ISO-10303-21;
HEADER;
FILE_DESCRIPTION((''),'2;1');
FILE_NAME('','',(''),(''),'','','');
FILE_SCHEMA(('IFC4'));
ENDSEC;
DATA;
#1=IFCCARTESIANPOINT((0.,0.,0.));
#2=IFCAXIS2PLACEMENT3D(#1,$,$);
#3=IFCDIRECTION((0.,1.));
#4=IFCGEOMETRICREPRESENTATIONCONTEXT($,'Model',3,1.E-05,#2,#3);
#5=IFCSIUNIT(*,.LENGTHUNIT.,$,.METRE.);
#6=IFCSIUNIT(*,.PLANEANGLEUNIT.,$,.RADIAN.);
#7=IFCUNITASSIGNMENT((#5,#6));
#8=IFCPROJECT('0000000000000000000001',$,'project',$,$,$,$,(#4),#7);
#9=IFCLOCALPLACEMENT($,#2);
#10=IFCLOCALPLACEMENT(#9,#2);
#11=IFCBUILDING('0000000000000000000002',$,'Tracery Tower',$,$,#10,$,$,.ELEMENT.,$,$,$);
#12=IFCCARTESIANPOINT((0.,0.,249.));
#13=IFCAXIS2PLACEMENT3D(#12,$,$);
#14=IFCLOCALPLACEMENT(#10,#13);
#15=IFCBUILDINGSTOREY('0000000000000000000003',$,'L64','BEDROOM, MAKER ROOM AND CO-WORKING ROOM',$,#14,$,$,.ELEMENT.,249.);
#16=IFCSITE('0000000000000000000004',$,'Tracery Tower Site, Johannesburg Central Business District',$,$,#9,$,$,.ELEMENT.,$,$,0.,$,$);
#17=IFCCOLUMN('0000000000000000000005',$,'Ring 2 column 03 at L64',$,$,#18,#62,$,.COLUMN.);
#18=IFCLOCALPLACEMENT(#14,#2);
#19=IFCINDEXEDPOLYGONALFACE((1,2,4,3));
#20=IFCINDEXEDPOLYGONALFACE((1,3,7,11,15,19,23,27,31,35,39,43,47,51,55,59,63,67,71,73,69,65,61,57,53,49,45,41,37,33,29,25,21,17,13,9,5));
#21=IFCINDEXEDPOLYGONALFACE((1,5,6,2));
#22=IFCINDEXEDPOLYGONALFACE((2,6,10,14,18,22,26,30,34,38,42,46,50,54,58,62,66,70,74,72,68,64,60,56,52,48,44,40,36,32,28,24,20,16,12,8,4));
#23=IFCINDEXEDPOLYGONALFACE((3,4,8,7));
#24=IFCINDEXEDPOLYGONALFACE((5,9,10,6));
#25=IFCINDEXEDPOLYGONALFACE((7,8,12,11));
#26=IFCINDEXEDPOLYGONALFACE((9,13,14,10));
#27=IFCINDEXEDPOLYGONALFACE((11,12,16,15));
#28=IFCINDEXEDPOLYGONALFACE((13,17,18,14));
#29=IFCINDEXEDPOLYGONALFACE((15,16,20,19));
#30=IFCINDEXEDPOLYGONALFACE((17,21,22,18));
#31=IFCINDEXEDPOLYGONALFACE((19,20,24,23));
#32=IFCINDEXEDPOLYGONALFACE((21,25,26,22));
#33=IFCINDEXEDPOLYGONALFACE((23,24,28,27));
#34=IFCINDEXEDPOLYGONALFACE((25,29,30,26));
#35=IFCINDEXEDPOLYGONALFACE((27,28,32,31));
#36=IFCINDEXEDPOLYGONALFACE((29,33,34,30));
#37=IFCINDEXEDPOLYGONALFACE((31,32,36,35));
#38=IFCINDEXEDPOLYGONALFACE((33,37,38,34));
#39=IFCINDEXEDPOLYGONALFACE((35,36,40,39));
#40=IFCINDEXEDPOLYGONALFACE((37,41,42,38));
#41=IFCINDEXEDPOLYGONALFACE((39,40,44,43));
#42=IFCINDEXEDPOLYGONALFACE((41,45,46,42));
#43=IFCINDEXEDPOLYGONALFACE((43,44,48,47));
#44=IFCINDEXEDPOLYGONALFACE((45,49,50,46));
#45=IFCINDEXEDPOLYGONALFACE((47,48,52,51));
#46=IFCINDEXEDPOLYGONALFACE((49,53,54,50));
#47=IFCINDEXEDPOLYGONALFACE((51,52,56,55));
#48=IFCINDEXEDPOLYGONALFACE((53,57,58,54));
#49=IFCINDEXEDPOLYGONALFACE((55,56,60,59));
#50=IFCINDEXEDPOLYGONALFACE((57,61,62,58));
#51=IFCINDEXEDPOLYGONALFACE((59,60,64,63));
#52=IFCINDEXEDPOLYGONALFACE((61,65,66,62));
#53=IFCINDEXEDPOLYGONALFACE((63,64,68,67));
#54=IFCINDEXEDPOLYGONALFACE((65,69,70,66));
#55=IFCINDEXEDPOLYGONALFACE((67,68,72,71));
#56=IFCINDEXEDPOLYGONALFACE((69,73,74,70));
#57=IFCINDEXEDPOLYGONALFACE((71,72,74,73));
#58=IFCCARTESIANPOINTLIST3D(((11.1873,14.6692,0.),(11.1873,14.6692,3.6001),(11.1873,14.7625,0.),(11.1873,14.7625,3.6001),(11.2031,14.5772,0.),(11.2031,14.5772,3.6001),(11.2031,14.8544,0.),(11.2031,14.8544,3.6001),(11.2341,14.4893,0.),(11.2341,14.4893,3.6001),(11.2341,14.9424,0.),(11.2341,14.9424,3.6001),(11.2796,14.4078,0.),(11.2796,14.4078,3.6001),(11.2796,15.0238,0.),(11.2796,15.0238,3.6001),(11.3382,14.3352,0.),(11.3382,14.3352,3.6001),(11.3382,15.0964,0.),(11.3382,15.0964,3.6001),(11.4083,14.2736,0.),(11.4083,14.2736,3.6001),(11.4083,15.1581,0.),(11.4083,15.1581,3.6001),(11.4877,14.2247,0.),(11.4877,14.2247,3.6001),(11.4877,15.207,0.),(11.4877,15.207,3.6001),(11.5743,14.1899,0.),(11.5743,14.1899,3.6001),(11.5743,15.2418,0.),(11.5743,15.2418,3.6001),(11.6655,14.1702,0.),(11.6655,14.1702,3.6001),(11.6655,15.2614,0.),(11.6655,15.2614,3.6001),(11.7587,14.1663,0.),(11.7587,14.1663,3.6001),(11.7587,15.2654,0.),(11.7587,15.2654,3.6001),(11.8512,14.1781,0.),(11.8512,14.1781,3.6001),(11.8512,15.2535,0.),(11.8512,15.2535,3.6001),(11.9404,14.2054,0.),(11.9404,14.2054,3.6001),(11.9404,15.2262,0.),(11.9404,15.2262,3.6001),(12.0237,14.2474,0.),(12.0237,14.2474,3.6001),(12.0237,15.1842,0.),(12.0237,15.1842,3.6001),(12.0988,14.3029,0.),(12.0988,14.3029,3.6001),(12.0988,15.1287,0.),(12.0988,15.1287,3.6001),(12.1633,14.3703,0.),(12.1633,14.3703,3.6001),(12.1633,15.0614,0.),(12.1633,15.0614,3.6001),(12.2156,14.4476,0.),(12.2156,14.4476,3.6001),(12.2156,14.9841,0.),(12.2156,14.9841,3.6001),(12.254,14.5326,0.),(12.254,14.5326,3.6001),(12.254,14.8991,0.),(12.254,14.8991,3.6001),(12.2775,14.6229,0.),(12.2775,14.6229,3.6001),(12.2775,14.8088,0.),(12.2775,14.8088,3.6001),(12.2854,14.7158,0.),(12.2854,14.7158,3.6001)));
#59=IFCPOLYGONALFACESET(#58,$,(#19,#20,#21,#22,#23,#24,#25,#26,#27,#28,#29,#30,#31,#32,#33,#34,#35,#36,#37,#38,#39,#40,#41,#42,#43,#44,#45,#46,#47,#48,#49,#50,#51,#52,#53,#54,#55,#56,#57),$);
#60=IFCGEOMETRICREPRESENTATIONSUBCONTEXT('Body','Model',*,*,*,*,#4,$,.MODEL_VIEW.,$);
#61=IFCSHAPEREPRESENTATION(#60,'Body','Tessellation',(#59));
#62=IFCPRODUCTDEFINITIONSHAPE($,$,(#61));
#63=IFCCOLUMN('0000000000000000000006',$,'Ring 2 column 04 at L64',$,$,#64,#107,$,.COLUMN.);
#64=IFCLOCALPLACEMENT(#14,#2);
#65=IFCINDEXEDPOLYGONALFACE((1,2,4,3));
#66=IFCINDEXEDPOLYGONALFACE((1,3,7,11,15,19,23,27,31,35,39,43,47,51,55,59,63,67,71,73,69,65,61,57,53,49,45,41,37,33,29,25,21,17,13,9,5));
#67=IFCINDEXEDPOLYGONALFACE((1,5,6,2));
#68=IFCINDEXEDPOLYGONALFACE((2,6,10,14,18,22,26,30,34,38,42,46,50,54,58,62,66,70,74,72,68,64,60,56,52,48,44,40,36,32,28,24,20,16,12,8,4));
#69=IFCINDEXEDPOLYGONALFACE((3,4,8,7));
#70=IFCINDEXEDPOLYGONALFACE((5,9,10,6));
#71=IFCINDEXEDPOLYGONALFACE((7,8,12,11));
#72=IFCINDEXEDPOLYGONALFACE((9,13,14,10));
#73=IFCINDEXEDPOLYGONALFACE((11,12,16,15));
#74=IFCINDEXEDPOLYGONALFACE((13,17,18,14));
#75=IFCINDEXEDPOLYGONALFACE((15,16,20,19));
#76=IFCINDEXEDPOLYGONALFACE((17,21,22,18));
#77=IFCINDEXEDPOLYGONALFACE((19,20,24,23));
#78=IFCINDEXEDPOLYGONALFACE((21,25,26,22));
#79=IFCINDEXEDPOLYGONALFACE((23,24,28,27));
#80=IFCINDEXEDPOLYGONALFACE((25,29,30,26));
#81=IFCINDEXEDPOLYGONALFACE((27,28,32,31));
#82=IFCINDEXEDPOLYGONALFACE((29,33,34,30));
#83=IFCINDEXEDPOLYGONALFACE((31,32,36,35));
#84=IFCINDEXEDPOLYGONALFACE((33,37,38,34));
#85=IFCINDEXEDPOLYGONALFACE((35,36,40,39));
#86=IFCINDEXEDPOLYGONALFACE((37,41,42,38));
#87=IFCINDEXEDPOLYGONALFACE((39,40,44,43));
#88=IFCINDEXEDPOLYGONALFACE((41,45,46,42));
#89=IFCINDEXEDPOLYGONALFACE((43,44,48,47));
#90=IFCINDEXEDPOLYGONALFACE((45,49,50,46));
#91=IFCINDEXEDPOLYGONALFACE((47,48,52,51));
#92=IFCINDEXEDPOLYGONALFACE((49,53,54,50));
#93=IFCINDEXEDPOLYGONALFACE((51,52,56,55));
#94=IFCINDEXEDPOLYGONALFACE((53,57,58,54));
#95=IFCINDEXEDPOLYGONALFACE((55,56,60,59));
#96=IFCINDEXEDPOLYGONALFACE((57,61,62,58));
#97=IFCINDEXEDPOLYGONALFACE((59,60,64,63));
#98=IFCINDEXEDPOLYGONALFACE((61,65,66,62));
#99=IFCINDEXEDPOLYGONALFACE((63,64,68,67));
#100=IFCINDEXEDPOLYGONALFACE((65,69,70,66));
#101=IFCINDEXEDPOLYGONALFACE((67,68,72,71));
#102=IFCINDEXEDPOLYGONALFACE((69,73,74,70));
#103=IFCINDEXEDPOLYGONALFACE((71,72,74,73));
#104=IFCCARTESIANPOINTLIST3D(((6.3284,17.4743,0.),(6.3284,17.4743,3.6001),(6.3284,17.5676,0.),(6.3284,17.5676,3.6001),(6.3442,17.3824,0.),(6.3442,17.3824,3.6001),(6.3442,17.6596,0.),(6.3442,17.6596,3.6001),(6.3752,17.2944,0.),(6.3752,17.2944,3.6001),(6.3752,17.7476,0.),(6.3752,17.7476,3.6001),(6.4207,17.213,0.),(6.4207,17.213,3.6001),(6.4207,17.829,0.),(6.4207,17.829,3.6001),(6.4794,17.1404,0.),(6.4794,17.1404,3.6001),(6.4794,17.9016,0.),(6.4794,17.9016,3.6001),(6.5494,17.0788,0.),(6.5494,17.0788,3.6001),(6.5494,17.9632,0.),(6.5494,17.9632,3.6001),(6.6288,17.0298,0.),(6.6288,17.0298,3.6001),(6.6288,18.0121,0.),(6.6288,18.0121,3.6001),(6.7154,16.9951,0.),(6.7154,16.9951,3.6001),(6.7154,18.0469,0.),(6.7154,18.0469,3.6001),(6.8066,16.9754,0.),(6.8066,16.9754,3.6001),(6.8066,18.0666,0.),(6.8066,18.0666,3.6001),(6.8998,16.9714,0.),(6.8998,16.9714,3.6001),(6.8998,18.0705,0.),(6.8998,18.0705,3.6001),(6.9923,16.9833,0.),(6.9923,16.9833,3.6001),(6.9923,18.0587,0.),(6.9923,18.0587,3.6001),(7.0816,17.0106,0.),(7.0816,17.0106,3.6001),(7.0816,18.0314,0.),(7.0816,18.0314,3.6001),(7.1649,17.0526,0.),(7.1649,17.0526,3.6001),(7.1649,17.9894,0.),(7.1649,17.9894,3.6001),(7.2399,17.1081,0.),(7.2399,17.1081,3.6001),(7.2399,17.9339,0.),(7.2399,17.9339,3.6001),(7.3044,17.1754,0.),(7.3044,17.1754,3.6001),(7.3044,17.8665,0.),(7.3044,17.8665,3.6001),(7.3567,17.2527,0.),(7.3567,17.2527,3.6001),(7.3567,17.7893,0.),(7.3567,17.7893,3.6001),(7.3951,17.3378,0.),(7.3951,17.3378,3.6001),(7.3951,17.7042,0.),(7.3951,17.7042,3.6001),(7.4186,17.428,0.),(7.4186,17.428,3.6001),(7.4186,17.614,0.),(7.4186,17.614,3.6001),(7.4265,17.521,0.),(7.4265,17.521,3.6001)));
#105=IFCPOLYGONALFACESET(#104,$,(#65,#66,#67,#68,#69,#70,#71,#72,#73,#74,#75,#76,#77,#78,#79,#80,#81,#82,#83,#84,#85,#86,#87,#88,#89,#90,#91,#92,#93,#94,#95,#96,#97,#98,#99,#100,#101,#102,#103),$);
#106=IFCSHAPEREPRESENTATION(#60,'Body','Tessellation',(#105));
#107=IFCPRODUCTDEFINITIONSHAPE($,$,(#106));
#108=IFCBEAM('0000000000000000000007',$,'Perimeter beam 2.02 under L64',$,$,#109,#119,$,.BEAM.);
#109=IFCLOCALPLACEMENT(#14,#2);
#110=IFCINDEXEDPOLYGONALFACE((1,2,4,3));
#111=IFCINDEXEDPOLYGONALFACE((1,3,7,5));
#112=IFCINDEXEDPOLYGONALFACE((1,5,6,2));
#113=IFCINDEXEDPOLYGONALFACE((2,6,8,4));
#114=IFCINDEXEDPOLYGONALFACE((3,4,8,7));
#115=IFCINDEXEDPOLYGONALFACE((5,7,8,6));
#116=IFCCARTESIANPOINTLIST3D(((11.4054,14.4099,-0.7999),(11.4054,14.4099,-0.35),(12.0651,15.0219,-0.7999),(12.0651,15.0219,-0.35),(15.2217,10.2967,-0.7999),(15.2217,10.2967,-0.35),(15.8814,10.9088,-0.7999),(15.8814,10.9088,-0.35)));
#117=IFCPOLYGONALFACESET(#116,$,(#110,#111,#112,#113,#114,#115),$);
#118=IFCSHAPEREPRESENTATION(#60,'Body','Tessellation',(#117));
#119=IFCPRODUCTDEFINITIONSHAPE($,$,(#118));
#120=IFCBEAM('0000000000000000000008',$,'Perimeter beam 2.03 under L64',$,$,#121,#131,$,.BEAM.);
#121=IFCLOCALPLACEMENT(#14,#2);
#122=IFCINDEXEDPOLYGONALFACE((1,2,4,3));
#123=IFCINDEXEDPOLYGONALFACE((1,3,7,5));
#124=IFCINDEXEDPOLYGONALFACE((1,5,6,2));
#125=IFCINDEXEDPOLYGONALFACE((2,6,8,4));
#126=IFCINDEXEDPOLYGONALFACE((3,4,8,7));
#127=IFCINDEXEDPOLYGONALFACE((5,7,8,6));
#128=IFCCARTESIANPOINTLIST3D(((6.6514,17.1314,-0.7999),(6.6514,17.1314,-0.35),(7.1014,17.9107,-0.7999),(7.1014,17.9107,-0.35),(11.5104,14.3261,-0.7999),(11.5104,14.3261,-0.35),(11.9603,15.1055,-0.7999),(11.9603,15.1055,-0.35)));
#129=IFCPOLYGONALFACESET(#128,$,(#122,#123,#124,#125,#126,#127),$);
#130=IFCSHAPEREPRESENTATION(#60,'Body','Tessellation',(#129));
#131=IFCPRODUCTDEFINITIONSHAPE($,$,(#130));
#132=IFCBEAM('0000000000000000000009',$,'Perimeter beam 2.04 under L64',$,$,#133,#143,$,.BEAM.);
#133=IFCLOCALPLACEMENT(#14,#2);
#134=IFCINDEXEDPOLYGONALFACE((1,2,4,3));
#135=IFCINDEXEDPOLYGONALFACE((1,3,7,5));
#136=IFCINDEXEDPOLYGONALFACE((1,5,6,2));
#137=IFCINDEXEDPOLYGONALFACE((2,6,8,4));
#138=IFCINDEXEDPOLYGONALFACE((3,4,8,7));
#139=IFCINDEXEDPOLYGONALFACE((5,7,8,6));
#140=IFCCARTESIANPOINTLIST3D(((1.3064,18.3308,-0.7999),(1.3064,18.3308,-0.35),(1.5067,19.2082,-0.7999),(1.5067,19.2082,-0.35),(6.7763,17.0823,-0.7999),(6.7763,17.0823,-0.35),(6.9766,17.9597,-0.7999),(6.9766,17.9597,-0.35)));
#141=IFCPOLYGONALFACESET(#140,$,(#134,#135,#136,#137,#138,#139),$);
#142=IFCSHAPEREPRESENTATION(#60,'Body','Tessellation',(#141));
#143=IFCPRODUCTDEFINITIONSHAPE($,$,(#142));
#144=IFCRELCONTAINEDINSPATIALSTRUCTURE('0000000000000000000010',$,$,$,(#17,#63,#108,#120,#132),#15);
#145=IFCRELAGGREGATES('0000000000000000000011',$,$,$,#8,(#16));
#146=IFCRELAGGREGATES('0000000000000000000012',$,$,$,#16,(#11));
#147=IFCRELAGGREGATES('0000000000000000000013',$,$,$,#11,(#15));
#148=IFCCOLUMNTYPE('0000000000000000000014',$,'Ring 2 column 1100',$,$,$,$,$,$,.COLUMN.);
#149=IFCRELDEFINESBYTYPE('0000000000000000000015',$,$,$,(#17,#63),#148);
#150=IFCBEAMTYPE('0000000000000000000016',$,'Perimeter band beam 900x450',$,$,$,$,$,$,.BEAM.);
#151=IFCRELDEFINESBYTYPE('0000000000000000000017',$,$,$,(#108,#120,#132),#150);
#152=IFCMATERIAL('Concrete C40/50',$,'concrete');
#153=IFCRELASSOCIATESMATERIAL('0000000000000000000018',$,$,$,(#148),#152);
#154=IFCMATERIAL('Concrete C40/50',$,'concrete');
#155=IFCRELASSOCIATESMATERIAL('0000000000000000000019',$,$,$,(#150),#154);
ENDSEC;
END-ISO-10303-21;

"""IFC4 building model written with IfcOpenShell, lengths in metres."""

from ifc_helpers import new_model, si_unit, direction, frame, origin, origin_2d, place, context, subcontext, project, spatial, rectangle, circle, extrude, material, material_profile, profile_set, type_object, element, save


model = new_model("IFC4")

# Units and contexts
model_context = context("Model", 3, precision=1e-05, world=origin(), true_north=direction((0.0, 1.0)))
body_context = subcontext(model_context, "Body", "Model", "MODEL_VIEW")
ifc_project = project(units=[si_unit("LENGTHUNIT", "METRE"), si_unit("PLANEANGLEUNIT", "RADIAN")], contexts=[model_context])

# Site, building, storey
site_placement = place(None, origin())
site = spatial("IfcSite", under=ifc_project, at=site_placement, Name="Tracery Tower Site, Johannesburg Central Business District", CompositionType="ELEMENT", RefElevation=0.0)
building_placement = place(site_placement, origin())
building = spatial("IfcBuilding", under=site, at=building_placement, Name="Tracery Tower", CompositionType="ELEMENT")
storey_placement = place(building_placement, frame((0.0, 0.0, 249.0)))
storey = spatial("IfcBuildingStorey", under=building, at=storey_placement, Name="L64", Description="BEDROOM, MAKER ROOM AND CO-WORKING ROOM", CompositionType="ELEMENT", Elevation=249.0)

# Columns
ifc_material_1 = material(Name="Concrete C40/50", Category="concrete")
ifc_material_profile_1 = material_profile(ifc_material_1, circle(Radius=0.55, at=origin_2d()), Name="RC D1100")
ifc_profile_set_1 = profile_set([ifc_material_profile_1], Name="Concrete C40/50")
column_type = type_object("IfcColumnType", Name="Ring 2 column 1100", PredefinedType="COLUMN", material=ifc_profile_set_1)
for number, where, z_axis, x_axis, name in (
    (1, (11.7354, 14.7158, 0.0), (0.0, 0.0, 1.0), (1.0, 0.0, 0.0), "Ring 2 column 03 at L64"),
    (2, (6.8765, 17.521, 0.0), (0.0, 0.0, 1.0), (1.0, 0.0, 0.0), "Ring 2 column 04 at L64"),
):
    element("IfcColumn", number, at=place(storey_placement, frame(where, z_axis=z_axis, x_axis=x_axis)), inside=storey, type_object=column_type, Name=name, PredefinedType="COLUMN", context=body_context, shape_type="SweptSolid", body=[
        extrude(circle(Radius=0.55, at=origin_2d()), origin(), (0.0, 0.0, 1.0), 3.6001),
    ])

# Beams
ifc_material_2 = material(Name="Concrete C40/50", Category="concrete")
ifc_material_profile_2 = material_profile(ifc_material_2, rectangle(XDim=0.8999, YDim=0.45, at=origin_2d()), Name="RC 900x450")
ifc_profile_set_2 = profile_set([ifc_material_profile_2], Name="Concrete C40/50")
beam_type = type_object("IfcBeamType", Name="Perimeter band beam 900x450", PredefinedType="BEAM", material=ifc_profile_set_2)
beam_placement = place(storey_placement, frame((15.5515, 10.6028, -0.575), z_axis=(-0.680156, 0.733068, 0.0), x_axis=(-0.733068, -0.680156, 0.0)))
element("IfcBeam", 3, at=beam_placement, inside=storey, type_object=beam_type, Name="Perimeter beam 2.02 under L64", PredefinedType="BEAM", context=body_context, shape_type="SweptSolid", body=[
    extrude(rectangle(XDim=0.8999, YDim=0.45, at=origin_2d()), origin(), (0.0, 0.0, 1.0), 5.6108),
])
for number, where, z_axis, x_axis, name in (
    (4, (11.7354, 14.7158, -0.575), (-0.866033, 0.499986, 0.0), (-0.499986, -0.866033, 0.0), "Perimeter beam 2.03 under L64"),
    (5, (6.8765, 17.521, -0.575), (-0.974926, 0.222529, 0.0), (-0.222529, -0.974926, 0.0), "Perimeter beam 2.04 under L64"),
):
    element("IfcBeam", number, at=place(storey_placement, frame(where, z_axis=z_axis, x_axis=x_axis)), inside=storey, type_object=beam_type, Name=name, PredefinedType="BEAM", context=body_context, shape_type="SweptSolid", body=[
        extrude(rectangle(XDim=0.8999, YDim=0.45, at=origin_2d()), origin(), (0.0, 0.0, 1.0), 5.6106),
    ])

save(model, "model.ifc")
